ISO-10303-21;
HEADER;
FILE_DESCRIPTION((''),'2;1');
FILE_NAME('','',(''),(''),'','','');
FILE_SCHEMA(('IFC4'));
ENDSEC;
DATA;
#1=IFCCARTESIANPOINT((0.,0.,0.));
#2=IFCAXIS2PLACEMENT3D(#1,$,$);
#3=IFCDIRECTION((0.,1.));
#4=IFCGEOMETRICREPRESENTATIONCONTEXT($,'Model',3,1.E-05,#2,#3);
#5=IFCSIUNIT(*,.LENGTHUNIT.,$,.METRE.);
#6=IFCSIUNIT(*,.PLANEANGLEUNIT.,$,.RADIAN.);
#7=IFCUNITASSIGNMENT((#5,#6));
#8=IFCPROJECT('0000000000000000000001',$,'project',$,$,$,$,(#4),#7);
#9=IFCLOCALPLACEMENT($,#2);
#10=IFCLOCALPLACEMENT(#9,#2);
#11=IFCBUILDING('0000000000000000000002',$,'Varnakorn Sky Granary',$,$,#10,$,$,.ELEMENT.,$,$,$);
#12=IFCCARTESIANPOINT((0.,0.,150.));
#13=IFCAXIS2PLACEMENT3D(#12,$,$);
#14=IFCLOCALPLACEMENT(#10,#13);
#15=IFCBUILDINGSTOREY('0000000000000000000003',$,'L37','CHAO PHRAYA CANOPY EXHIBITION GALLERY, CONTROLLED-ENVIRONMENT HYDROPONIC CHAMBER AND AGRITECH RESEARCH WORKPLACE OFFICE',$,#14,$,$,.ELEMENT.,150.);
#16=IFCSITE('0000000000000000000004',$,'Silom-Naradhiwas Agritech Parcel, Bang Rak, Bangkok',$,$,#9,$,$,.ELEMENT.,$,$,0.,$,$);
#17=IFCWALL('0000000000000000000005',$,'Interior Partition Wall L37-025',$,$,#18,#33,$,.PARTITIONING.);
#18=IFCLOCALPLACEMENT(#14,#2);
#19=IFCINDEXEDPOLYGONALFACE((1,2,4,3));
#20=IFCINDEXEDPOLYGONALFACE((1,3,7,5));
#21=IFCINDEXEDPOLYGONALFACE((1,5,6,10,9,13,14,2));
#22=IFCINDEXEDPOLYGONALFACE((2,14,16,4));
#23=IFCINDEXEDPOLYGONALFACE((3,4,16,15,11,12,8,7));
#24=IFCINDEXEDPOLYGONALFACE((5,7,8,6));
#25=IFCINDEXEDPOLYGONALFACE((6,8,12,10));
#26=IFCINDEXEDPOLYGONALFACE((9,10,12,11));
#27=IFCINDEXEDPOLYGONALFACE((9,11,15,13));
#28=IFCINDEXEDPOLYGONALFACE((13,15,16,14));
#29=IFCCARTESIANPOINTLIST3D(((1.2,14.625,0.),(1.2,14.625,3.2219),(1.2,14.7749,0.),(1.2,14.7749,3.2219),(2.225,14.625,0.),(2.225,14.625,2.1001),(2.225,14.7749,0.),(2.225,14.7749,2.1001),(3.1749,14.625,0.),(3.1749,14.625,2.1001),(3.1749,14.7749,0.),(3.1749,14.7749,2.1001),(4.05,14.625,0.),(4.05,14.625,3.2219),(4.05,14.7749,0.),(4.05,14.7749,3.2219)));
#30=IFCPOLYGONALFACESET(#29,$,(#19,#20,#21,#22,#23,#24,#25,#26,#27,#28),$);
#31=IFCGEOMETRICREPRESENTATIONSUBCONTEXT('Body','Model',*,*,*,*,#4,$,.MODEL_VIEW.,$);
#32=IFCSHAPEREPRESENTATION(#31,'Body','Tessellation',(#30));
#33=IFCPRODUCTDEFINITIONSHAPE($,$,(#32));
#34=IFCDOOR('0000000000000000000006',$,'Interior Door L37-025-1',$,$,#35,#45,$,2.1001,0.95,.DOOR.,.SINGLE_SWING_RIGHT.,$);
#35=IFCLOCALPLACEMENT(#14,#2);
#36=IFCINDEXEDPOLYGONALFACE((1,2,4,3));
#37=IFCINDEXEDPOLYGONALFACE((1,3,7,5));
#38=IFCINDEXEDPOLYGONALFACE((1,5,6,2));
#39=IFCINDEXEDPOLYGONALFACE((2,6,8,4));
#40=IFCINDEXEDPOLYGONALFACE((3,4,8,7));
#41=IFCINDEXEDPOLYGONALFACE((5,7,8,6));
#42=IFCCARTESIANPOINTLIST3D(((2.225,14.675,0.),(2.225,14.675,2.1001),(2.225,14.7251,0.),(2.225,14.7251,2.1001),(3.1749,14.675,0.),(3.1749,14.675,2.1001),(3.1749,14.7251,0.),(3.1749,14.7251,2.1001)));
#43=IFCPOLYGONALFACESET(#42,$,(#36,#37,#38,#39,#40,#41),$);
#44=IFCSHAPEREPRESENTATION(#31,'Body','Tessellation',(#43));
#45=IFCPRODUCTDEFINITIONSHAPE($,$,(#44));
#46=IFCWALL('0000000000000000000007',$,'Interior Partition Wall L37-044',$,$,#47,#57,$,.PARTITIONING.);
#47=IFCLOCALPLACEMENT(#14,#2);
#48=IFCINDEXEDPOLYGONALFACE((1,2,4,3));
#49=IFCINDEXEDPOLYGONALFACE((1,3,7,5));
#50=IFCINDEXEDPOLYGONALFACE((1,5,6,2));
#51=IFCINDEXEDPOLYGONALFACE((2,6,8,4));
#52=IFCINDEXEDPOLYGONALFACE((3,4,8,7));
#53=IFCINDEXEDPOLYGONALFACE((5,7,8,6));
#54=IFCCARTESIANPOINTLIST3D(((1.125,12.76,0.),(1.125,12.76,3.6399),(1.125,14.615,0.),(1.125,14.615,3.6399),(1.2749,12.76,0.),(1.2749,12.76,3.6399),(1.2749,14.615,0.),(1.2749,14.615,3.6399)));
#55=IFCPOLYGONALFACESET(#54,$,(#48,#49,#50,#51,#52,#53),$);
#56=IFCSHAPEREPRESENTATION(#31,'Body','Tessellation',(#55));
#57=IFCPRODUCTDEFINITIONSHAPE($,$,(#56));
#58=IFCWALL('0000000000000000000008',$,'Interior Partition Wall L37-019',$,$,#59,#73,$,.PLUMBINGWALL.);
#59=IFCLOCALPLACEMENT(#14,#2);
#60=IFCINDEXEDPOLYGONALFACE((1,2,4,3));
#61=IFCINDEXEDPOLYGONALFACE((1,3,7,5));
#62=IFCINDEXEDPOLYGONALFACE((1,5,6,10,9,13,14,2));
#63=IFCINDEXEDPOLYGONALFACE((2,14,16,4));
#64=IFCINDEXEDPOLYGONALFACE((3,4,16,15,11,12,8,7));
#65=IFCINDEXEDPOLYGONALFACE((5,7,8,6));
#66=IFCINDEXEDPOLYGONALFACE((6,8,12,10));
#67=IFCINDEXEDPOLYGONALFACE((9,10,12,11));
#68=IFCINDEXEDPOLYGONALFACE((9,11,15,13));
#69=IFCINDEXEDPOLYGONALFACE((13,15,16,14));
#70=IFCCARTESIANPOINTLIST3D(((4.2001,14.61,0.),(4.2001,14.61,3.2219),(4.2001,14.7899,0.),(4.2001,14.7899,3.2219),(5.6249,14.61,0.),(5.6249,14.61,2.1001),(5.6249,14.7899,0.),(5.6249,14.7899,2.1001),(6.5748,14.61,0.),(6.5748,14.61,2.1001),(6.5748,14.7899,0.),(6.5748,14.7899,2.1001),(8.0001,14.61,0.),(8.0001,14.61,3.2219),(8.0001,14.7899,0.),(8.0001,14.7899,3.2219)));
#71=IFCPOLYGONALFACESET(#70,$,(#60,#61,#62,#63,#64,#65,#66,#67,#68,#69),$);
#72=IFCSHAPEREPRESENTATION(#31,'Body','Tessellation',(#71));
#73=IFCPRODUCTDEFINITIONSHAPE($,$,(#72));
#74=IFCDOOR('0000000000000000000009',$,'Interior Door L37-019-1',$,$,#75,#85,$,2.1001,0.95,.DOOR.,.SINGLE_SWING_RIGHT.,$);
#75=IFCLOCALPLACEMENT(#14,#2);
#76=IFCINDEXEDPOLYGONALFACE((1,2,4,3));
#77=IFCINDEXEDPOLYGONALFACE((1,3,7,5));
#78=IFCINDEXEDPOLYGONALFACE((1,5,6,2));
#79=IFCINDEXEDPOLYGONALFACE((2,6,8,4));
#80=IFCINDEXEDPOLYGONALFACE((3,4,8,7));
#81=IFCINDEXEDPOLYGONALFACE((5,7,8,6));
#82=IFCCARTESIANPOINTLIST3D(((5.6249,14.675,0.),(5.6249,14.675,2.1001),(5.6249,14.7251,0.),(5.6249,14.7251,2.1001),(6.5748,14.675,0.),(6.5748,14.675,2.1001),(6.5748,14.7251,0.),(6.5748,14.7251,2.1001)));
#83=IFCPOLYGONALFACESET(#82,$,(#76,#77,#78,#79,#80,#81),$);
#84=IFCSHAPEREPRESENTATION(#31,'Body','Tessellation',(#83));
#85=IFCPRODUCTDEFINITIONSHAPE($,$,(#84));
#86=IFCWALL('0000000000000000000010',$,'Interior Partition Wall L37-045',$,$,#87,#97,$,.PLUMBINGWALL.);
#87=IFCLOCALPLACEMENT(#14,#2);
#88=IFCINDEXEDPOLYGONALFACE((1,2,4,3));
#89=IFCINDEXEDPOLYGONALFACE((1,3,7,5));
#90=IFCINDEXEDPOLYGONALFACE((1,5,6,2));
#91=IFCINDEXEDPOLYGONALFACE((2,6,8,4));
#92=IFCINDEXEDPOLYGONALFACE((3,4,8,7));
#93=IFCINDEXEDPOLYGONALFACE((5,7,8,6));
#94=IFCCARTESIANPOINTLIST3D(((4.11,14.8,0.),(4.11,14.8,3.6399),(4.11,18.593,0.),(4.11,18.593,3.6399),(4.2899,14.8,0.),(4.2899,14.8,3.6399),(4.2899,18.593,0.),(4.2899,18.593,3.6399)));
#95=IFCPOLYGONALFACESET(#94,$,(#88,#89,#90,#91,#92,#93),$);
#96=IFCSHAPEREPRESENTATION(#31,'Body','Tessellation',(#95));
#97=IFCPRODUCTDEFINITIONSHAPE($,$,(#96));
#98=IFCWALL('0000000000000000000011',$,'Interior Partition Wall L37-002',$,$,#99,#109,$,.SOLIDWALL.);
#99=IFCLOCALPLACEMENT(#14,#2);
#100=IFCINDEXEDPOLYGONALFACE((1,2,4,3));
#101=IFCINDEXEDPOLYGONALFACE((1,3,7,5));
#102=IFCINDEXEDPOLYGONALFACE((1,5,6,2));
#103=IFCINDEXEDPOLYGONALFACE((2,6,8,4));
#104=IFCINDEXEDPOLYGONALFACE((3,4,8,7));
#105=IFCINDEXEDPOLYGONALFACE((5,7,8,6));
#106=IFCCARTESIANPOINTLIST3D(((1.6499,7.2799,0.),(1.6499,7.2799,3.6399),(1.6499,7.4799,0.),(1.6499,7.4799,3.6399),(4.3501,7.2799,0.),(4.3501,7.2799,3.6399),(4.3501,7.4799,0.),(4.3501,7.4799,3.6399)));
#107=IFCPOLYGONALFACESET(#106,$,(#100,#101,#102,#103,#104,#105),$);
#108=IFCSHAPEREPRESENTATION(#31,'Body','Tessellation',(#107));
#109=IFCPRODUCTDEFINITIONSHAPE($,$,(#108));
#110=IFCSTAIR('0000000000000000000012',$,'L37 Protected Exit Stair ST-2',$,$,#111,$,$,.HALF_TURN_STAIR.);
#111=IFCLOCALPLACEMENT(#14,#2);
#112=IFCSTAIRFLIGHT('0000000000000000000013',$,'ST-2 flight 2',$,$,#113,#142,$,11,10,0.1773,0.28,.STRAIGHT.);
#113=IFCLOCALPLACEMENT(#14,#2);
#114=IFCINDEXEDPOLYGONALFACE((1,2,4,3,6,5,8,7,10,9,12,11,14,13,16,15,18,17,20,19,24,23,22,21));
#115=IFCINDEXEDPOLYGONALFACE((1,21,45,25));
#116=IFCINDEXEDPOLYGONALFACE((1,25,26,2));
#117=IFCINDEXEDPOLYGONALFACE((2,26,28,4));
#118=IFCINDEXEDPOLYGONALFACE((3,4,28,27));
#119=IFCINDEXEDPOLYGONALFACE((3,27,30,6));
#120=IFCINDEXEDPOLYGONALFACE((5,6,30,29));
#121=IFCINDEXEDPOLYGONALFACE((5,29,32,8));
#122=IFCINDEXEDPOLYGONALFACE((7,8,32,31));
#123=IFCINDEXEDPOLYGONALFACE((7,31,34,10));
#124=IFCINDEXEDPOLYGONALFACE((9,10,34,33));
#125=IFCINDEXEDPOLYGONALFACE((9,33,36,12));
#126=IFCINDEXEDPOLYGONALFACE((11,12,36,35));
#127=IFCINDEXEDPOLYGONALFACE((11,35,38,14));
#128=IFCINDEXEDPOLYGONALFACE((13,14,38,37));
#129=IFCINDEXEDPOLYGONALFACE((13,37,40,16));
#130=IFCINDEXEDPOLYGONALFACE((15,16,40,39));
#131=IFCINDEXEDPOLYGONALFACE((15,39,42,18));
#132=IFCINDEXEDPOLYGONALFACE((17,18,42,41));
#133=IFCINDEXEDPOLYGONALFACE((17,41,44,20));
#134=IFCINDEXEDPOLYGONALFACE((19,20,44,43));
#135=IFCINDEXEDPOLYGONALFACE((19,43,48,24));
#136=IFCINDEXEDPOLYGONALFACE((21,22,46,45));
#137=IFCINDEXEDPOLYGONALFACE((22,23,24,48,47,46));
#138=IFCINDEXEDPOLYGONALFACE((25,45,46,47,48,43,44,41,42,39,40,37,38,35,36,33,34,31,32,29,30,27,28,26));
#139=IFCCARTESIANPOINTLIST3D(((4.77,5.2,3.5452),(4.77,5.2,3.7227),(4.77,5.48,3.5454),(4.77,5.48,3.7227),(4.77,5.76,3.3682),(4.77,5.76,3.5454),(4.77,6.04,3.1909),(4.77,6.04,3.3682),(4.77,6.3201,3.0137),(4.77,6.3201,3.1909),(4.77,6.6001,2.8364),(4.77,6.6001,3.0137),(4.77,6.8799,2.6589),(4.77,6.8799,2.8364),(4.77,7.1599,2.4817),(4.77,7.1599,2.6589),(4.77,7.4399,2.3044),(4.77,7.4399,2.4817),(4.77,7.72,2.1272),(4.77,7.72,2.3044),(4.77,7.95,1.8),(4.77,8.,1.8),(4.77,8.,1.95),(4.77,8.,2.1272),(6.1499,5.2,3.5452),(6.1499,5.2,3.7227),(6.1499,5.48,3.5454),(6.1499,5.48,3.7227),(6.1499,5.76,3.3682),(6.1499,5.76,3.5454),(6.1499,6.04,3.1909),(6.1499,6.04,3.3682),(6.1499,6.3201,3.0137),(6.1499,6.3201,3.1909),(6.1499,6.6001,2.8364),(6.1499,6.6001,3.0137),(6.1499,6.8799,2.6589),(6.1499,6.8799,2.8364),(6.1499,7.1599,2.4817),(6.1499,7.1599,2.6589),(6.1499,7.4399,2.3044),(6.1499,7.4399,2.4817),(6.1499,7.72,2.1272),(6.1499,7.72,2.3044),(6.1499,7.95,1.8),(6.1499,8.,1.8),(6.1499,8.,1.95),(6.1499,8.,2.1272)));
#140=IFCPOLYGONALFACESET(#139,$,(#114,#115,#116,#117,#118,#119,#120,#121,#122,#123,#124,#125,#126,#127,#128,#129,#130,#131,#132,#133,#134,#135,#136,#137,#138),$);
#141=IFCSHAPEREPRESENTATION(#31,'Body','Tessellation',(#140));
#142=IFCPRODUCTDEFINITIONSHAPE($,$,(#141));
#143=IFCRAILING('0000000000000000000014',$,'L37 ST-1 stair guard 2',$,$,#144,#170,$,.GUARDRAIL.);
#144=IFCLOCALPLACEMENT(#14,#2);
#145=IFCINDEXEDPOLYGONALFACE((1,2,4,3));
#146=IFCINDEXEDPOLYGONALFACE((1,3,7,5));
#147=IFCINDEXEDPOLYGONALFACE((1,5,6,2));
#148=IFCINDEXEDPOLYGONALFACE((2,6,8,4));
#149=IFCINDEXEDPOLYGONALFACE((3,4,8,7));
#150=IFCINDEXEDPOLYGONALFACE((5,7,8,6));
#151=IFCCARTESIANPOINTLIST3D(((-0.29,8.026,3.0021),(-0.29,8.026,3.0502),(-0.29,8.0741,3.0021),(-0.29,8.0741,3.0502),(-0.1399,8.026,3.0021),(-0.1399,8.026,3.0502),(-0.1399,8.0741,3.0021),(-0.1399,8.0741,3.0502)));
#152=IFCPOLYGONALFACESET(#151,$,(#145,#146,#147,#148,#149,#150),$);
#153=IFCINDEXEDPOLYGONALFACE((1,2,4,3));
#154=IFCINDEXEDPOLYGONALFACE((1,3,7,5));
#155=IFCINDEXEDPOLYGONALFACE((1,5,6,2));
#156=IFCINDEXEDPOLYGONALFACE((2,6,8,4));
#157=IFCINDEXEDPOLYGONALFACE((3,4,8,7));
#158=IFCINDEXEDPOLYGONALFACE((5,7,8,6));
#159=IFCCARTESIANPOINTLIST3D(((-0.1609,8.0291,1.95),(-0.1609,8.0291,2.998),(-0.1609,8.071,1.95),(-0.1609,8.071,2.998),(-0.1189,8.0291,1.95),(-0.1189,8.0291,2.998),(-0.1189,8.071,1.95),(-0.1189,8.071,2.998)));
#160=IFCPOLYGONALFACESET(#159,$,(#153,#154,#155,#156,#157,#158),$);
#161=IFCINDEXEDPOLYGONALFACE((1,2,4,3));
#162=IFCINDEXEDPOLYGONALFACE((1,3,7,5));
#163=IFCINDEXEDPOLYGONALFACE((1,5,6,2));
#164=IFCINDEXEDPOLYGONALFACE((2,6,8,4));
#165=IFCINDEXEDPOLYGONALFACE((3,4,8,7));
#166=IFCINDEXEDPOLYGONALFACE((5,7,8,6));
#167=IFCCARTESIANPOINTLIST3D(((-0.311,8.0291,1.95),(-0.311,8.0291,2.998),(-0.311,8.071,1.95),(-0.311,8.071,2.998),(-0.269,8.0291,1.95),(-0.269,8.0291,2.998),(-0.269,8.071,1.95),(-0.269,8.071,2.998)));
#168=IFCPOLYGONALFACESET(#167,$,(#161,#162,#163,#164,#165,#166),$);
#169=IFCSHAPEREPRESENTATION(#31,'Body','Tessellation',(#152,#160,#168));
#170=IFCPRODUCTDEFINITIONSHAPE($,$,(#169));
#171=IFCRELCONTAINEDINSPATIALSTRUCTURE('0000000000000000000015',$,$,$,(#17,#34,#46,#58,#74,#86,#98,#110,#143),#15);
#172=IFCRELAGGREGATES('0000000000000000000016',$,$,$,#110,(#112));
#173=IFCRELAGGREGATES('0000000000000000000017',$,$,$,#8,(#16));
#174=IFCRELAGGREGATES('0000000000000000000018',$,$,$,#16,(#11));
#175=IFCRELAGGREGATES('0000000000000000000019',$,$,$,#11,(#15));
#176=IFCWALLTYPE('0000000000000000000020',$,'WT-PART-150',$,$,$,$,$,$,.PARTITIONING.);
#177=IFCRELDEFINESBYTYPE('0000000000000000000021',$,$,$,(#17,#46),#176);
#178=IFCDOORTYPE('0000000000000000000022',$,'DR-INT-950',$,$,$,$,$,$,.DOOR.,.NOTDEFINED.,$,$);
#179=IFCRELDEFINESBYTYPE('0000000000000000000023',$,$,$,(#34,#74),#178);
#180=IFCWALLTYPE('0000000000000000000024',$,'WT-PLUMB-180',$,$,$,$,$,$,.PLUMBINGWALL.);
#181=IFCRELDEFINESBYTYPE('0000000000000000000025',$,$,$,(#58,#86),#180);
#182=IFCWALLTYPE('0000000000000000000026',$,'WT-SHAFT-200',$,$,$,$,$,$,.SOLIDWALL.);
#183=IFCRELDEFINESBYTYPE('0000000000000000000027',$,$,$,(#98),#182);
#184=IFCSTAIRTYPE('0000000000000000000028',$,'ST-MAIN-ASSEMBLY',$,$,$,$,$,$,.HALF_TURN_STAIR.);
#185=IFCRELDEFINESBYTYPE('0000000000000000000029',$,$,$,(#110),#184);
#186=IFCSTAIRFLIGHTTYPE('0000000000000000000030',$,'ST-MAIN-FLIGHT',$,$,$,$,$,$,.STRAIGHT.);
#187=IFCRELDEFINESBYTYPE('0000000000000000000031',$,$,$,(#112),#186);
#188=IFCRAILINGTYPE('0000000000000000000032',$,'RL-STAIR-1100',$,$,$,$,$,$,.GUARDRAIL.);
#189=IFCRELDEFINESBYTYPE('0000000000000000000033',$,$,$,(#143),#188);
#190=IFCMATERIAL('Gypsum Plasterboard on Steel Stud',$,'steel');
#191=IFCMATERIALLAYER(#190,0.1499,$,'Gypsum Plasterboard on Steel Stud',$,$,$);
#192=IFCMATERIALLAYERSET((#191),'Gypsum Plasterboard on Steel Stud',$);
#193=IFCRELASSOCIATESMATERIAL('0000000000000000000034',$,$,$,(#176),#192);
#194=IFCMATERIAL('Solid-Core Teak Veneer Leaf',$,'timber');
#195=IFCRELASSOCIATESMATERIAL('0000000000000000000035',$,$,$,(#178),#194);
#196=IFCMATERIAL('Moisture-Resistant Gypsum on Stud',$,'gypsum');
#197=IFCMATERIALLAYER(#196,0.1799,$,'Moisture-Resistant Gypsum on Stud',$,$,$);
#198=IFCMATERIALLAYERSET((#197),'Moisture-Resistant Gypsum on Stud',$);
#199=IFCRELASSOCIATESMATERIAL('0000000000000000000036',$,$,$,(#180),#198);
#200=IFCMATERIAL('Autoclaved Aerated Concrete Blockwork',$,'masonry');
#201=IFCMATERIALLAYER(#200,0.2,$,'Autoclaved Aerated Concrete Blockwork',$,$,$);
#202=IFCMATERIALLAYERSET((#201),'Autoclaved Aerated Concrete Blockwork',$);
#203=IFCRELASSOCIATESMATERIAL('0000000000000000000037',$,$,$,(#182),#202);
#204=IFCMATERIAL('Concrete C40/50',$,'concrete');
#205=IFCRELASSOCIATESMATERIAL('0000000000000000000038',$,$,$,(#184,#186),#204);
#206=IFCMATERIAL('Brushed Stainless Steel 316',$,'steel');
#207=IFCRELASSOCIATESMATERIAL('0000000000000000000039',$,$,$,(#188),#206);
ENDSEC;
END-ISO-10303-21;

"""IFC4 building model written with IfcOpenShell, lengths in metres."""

from ifc_helpers import new_model, si_unit, direction, frame, frame_2d, origin, origin_2d, place, context, subcontext, project, spatial, polyline, rectangle, outline, extrude, material, layer, layer_set, type_object, element, fill, aggregate, save


model = new_model("IFC4")

# Units and contexts
model_context = context("Model", 3, precision=1e-05, world=origin(), true_north=direction((0.0, 1.0)))
body_context = subcontext(model_context, "Body", "Model", "MODEL_VIEW")
ifc_project = project(units=[si_unit("LENGTHUNIT", "METRE"), si_unit("PLANEANGLEUNIT", "RADIAN")], contexts=[model_context])

# Site, building, storey
site_placement = place(None, origin())
site = spatial("IfcSite", under=ifc_project, at=site_placement, Name="Silom-Naradhiwas Agritech Parcel, Bang Rak, Bangkok", CompositionType="ELEMENT", RefElevation=0.0)
building_placement = place(site_placement, origin())
building = spatial("IfcBuilding", under=site, at=building_placement, Name="Varnakorn Sky Granary", CompositionType="ELEMENT")
storey_placement = place(building_placement, frame((0.0, 0.0, 150.0)))
storey = spatial("IfcBuildingStorey", under=building, at=storey_placement, Name="L37", Description="CHAO PHRAYA CANOPY EXHIBITION GALLERY, CONTROLLED-ENVIRONMENT HYDROPONIC CHAMBER AND AGRITECH RESEARCH WORKPLACE OFFICE", CompositionType="ELEMENT", Elevation=150.0)

# Wall, opening, door
ifc_material_1 = material(Name="Gypsum Plasterboard on Steel Stud", Category="steel")
ifc_layer_1 = layer(ifc_material_1, 0.1499, Name="Gypsum Plasterboard on Steel Stud")
ifc_layer_set_1 = layer_set([ifc_layer_1], Name="Gypsum Plasterboard on Steel Stud")
wall_type_1 = type_object("IfcWallType", Name="WT-PART-150", PredefinedType="PARTITIONING", material=ifc_layer_set_1)
wall_1_placement = place(storey_placement, frame((4.05, 14.7, 0.0), z_axis=(0.0, 0.0, 1.0), x_axis=(-1.0, 0.0, 0.0)))
wall_1 = element("IfcWall", 1, at=wall_1_placement, inside=storey, type_object=wall_type_1, Name="Interior Partition Wall L37-025", PredefinedType="PARTITIONING", context=body_context, shape_type="SweptSolid", body=[
    extrude(rectangle(XDim=2.8501, YDim=0.1499, at=frame_2d((1.425, 0.0))), origin(), (0.0, 0.0, 1.0), 3.2219),
])
opening_1_placement = place(wall_1_placement, frame((0.875, 0.0, 0.0)))
opening_1 = element("IfcOpeningElement", 2, at=opening_1_placement, cuts=wall_1, PredefinedType="OPENING", context=body_context, shape_type="SweptSolid", body=[
    extrude(rectangle(XDim=0.95, YDim=2.1001, at=frame_2d((0.4751, 1.05))), frame((0.0, 0.085, 0.0), z_axis=(0.0, -1.0, 0.0), x_axis=(1.0, 0.0, 0.0)), (0.0, 0.0, 1.0), 0.1699),
])
ifc_material_2 = material(Name="Solid-Core Teak Veneer Leaf", Category="timber")
door_type = type_object("IfcDoorType", Name="DR-INT-950", OperationType="NOTDEFINED", PredefinedType="DOOR", material=ifc_material_2)
door_1_placement = place(opening_1_placement, origin())
door_1 = element("IfcDoor", 3, at=door_1_placement, inside=storey, type_object=door_type, Name="Interior Door L37-025-1", OperationType="SINGLE_SWING_RIGHT", OverallHeight=2.1001, OverallWidth=0.95, PredefinedType="DOOR", context=body_context, shape_type="SweptSolid", body=[
    extrude(rectangle(XDim=0.95, YDim=2.1001, at=frame_2d((0.4751, 1.05))), frame((0.0, 0.0249, 0.0), z_axis=(0.0, -1.0, 0.0), x_axis=(1.0, 0.0, 0.0)), (0.0, 0.0, 1.0), 0.05),
])
fill(opening_1, door_1)

# Wall
wall_2_placement = place(storey_placement, frame((1.2, 14.615, 0.0), z_axis=(0.0, 0.0, 1.0), x_axis=(0.0, -1.0, 0.0)))
element("IfcWall", 4, at=wall_2_placement, inside=storey, type_object=wall_type_1, Name="Interior Partition Wall L37-044", PredefinedType="PARTITIONING", context=body_context, shape_type="SweptSolid", body=[
    extrude(rectangle(XDim=1.855, YDim=0.1499, at=frame_2d((0.9275, 0.0))), origin(), (0.0, 0.0, 1.0), 3.6399),
])

# Wall, opening, door
ifc_material_3 = material(Name="Moisture-Resistant Gypsum on Stud", Category="gypsum")
ifc_layer_2 = layer(ifc_material_3, 0.1799, Name="Moisture-Resistant Gypsum on Stud")
ifc_layer_set_2 = layer_set([ifc_layer_2], Name="Moisture-Resistant Gypsum on Stud")
wall_type_2 = type_object("IfcWallType", Name="WT-PLUMB-180", PredefinedType="PLUMBINGWALL", material=ifc_layer_set_2)
wall_3_placement = place(storey_placement, frame((8.0, 14.7, 0.0), z_axis=(0.0, 0.0, 1.0), x_axis=(-1.0, 0.0, 0.0)))
wall_3 = element("IfcWall", 5, at=wall_3_placement, inside=storey, type_object=wall_type_2, Name="Interior Partition Wall L37-019", PredefinedType="PLUMBINGWALL", context=body_context, shape_type="SweptSolid", body=[
    extrude(rectangle(XDim=3.8, YDim=0.1799, at=frame_2d((1.8999, 0.0))), origin(), (0.0, 0.0, 1.0), 3.2219),
])
opening_2_placement = place(wall_3_placement, frame((1.425, 0.0, 0.0)))
opening_2 = element("IfcOpeningElement", 6, at=opening_2_placement, cuts=wall_3, PredefinedType="OPENING", context=body_context, shape_type="SweptSolid", body=[
    extrude(rectangle(XDim=0.95, YDim=2.1001, at=frame_2d((0.4751, 1.05))), frame((0.0, 0.1001, 0.0), z_axis=(0.0, -1.0, 0.0), x_axis=(1.0, 0.0, 0.0)), (0.0, 0.0, 1.0), 0.2),
])
door_2_placement = place(opening_2_placement, origin())
door_2 = element("IfcDoor", 7, at=door_2_placement, inside=storey, type_object=door_type, Name="Interior Door L37-019-1", OperationType="SINGLE_SWING_RIGHT", OverallHeight=2.1001, OverallWidth=0.95, PredefinedType="DOOR", context=body_context, shape_type="SweptSolid", body=[
    extrude(rectangle(XDim=0.95, YDim=2.1001, at=frame_2d((0.4751, 1.05))), frame((0.0, 0.0249, 0.0), z_axis=(0.0, -1.0, 0.0), x_axis=(1.0, 0.0, 0.0)), (0.0, 0.0, 1.0), 0.05),
])
fill(opening_2, door_2)

# Walls
wall_4_placement = place(storey_placement, frame((4.2, 18.593, 0.0), z_axis=(0.0, 0.0, 1.0), x_axis=(0.0, -1.0, 0.0)))
element("IfcWall", 8, at=wall_4_placement, inside=storey, type_object=wall_type_2, Name="Interior Partition Wall L37-045", PredefinedType="PLUMBINGWALL", context=body_context, shape_type="SweptSolid", body=[
    extrude(rectangle(XDim=3.793, YDim=0.1799, at=frame_2d((1.8965, 0.0))), origin(), (0.0, 0.0, 1.0), 3.6399),
])
ifc_material_4 = material(Name="Autoclaved Aerated Concrete Blockwork", Category="masonry")
ifc_layer_3 = layer(ifc_material_4, 0.2, Name="Autoclaved Aerated Concrete Blockwork")
ifc_layer_set_3 = layer_set([ifc_layer_3], Name="Autoclaved Aerated Concrete Blockwork")
wall_type_3 = type_object("IfcWallType", Name="WT-SHAFT-200", PredefinedType="SOLIDWALL", material=ifc_layer_set_3)
wall_5_placement = place(storey_placement, frame((1.6499, 7.3799, 0.0), z_axis=(0.0, 0.0, 1.0), x_axis=(1.0, 0.0, 0.0)))
element("IfcWall", 9, at=wall_5_placement, inside=storey, type_object=wall_type_3, Name="Interior Partition Wall L37-002", PredefinedType="SOLIDWALL", context=body_context, shape_type="SweptSolid", body=[
    extrude(rectangle(XDim=2.7002, YDim=0.2, at=frame_2d((1.3501, 0.0))), origin(), (0.0, 0.0, 1.0), 3.6399),
])

# Stair, stair flight
ifc_material_5 = material(Name="Concrete C40/50", Category="concrete")
stair_type = type_object("IfcStairType", Name="ST-MAIN-ASSEMBLY", PredefinedType="HALF_TURN_STAIR", material=ifc_material_5)
stair_placement = place(storey_placement, origin())
stair = element("IfcStair", 10, at=stair_placement, inside=storey, type_object=stair_type, Name="L37 Protected Exit Stair ST-2", PredefinedType="HALF_TURN_STAIR")
stair_flight_type = type_object("IfcStairFlightType", Name="ST-MAIN-FLIGHT", PredefinedType="STRAIGHT", material=ifc_material_5)
stair_flight_placement = place(storey_placement, frame((5.46, 8.0, 1.95), z_axis=(0.0, 0.0, 1.0), x_axis=(0.0, -1.0, 0.0)))
stair_flight = element("IfcStairFlight", 11, at=stair_flight_placement, type_object=stair_flight_type, Name="ST-2 flight 2", NumberOfRisers=11, NumberOfTreads=10, PredefinedType="STRAIGHT", RiserHeight=0.1773, TreadLength=0.28, context=body_context, shape_type="SweptSolid", body=[
    extrude(outline(polyline([(0.0, -0.1499), (0.0, 0.0), (0.0, 0.1772), (0.28, 0.1772), (0.28, 0.3545), (0.5601, 0.3545), (0.5601, 0.5317), (0.8401, 0.5317), (0.8401, 0.709), (1.1201, 0.709), (1.1201, 0.8865), (1.3999, 0.8865), (1.3999, 1.0637), (1.6799, 1.0637), (1.6799, 1.241), (1.96, 1.241), (1.96, 1.4182), (2.24, 1.4182), (2.24, 1.5955), (2.52, 1.5955), (2.52, 1.7727), (2.8, 1.7727), (2.8, 1.95), (2.8, 1.5952), (0.05, -0.1499), (0.0, -0.1499)])), frame((0.0, 0.6899, 0.0), z_axis=(0.0, -1.0, 0.0), x_axis=(1.0, 0.0, 0.0)), (0.0, 0.0, 1.0), 1.3799),
])
aggregate(stair, [stair_flight])

# Railing
ifc_material_6 = material(Name="Brushed Stainless Steel 316", Category="steel")
railing_type_1 = type_object("IfcRailingType", Name="RL-STAIR-1100", PredefinedType="GUARDRAIL", material=ifc_material_6)
for number, where, name in (
    (12, (-0.1399, 8.05, 1.95), "L37 ST-1 stair guard 2"),
):
    element("IfcRailing", number, at=place(storey_placement, frame(where)), inside=storey, type_object=railing_type_1, Name=name, PredefinedType="GUARDRAIL", context=body_context, shape_type="SweptSolid", body=[
        extrude(rectangle(XDim=0.0481, YDim=0.0481, at=origin_2d()), frame((0.0, 0.0, 1.0762), z_axis=(-1.0, 0.0, 0.0), x_axis=(0.0, -1.0, 0.0)), (0.0, 0.0, 1.0), 0.1501),
        extrude(rectangle(XDim=0.042, YDim=0.042, at=origin_2d()), origin(), (0.0, 0.0, 1.0), 1.0481),
        extrude(rectangle(XDim=0.042, YDim=0.042, at=origin_2d()), frame((-0.1501, 0.0, 0.0)), (0.0, 0.0, 1.0), 1.0481),
    ])

save(model, "model.ifc")
